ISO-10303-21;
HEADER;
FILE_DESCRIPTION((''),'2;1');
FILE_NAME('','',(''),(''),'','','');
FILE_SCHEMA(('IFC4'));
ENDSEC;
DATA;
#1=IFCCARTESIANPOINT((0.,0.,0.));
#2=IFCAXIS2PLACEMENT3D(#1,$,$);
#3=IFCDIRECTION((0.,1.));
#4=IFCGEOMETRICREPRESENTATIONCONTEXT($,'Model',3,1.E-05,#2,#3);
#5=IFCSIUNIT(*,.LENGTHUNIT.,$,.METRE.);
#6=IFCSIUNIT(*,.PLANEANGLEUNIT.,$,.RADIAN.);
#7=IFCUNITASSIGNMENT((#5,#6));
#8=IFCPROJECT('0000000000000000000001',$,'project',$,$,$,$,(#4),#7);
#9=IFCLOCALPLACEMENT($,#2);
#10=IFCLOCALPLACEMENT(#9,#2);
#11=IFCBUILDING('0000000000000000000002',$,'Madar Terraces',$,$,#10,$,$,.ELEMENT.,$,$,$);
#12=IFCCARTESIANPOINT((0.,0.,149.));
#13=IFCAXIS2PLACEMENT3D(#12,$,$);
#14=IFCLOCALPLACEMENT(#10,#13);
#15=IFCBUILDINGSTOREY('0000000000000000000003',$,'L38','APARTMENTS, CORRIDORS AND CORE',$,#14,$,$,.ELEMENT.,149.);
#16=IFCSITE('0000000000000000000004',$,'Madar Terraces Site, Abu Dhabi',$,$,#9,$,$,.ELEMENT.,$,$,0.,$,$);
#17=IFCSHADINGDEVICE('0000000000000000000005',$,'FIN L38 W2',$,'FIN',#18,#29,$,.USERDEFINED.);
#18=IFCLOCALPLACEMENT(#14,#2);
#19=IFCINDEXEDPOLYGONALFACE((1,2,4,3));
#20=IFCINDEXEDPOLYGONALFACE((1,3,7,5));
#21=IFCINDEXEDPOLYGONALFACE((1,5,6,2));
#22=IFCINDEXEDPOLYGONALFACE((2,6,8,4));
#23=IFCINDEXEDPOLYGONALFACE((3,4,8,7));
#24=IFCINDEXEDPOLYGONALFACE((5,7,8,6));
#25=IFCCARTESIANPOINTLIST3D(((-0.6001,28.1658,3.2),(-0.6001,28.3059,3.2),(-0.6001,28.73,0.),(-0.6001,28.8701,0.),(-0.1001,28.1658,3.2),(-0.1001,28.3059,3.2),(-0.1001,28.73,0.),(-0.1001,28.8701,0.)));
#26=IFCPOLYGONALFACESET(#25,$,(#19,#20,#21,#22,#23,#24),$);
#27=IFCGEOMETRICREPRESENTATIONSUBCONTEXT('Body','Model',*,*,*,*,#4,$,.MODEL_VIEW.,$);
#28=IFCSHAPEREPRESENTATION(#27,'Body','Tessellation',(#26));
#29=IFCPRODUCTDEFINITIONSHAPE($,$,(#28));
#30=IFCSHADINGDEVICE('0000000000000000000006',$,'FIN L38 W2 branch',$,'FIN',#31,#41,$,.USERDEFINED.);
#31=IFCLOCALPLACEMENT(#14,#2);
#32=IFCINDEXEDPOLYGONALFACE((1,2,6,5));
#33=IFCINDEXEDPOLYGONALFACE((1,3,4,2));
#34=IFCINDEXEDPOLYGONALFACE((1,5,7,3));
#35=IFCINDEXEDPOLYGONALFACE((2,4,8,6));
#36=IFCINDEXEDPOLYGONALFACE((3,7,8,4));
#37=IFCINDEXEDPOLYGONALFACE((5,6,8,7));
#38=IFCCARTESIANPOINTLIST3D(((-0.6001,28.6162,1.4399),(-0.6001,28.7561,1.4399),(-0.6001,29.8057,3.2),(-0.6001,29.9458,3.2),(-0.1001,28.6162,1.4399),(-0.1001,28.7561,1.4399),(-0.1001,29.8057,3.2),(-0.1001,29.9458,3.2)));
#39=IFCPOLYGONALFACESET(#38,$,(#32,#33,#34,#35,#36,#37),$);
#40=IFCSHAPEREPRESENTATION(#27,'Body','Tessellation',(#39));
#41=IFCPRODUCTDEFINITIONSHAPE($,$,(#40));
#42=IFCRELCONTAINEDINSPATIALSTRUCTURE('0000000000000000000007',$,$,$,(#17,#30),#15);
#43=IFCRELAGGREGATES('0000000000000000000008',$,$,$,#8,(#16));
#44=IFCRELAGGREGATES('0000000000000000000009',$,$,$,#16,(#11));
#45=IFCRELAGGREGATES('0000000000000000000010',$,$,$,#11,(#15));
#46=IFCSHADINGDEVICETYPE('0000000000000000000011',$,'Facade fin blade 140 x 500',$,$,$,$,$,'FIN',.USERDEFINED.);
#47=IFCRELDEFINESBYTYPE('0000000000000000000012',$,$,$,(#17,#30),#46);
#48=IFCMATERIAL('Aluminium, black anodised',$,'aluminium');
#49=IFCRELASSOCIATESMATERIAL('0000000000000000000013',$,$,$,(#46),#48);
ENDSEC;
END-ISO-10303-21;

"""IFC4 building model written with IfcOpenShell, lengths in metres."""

from ifc_helpers import new_model, si_unit, direction, frame, origin, place, context, subcontext, project, spatial, polyline, outline, extrude, material, type_object, element, save


model = new_model("IFC4")

# Units and contexts
model_context = context("Model", 3, precision=1e-05, world=origin(), true_north=direction((0.0, 1.0)))
body_context = subcontext(model_context, "Body", "Model", "MODEL_VIEW")
ifc_project = project(units=[si_unit("LENGTHUNIT", "METRE"), si_unit("PLANEANGLEUNIT", "RADIAN")], contexts=[model_context])

# Site, building, storey
site_placement = place(None, origin())
site = spatial("IfcSite", under=ifc_project, at=site_placement, Name="Madar Terraces Site, Abu Dhabi", CompositionType="ELEMENT", RefElevation=0.0)
building_placement = place(site_placement, origin())
building = spatial("IfcBuilding", under=site, at=building_placement, Name="Madar Terraces", CompositionType="ELEMENT")
storey_placement = place(building_placement, frame((0.0, 0.0, 149.0)))
storey = spatial("IfcBuildingStorey", under=building, at=storey_placement, Name="L38", Description="APARTMENTS, CORRIDORS AND CORE", CompositionType="ELEMENT", Elevation=149.0)

# Shading devices
ifc_material_1 = material(Name="Aluminium, black anodised", Category="aluminium")
shading_device_type = type_object("IfcShadingDeviceType", Name="Facade fin blade 140 x 500", ElementType="FIN", PredefinedType="USERDEFINED", material=ifc_material_1)
shading_device_1_placement = place(storey_placement, frame((-0.3501, 28.8701, 0.0), z_axis=(0.0, 0.0, 1.0), x_axis=(0.0, -1.0, 0.0)))
element("IfcShadingDevice", 1, at=shading_device_1_placement, inside=storey, type_object=shading_device_type, Name="FIN L38 W2", ObjectType="FIN", PredefinedType="USERDEFINED", context=body_context, shape_type="SweptSolid", body=[
    extrude(outline(polyline([(0.0, 0.0), (0.1401, 0.0), (0.7043, 3.2), (0.5642, 3.2), (0.0, 0.0)])), frame((0.0, 0.25, 0.0), z_axis=(0.0, -1.0, 0.0), x_axis=(1.0, 0.0, 0.0)), (0.0, 0.0, 1.0), 0.5),
])
shading_device_2_placement = place(storey_placement, frame((-0.3501, 28.7561, 1.4399), z_axis=(0.0, 0.0, 1.0), x_axis=(0.0, -1.0, 0.0)))
element("IfcShadingDevice", 2, at=shading_device_2_placement, inside=storey, type_object=shading_device_type, Name="FIN L38 W2 branch", ObjectType="FIN", PredefinedType="USERDEFINED", context=body_context, shape_type="SweptSolid", body=[
    extrude(outline(polyline([(0.0, 0.0), (0.1399, 0.0), (-1.0496, 1.76), (-1.1897, 1.76), (0.0, 0.0)])), frame((0.0, 0.25, 0.0), z_axis=(0.0, -1.0, 0.0), x_axis=(1.0, 0.0, 0.0)), (0.0, 0.0, 1.0), 0.5),
])

save(model, "model.ifc")
